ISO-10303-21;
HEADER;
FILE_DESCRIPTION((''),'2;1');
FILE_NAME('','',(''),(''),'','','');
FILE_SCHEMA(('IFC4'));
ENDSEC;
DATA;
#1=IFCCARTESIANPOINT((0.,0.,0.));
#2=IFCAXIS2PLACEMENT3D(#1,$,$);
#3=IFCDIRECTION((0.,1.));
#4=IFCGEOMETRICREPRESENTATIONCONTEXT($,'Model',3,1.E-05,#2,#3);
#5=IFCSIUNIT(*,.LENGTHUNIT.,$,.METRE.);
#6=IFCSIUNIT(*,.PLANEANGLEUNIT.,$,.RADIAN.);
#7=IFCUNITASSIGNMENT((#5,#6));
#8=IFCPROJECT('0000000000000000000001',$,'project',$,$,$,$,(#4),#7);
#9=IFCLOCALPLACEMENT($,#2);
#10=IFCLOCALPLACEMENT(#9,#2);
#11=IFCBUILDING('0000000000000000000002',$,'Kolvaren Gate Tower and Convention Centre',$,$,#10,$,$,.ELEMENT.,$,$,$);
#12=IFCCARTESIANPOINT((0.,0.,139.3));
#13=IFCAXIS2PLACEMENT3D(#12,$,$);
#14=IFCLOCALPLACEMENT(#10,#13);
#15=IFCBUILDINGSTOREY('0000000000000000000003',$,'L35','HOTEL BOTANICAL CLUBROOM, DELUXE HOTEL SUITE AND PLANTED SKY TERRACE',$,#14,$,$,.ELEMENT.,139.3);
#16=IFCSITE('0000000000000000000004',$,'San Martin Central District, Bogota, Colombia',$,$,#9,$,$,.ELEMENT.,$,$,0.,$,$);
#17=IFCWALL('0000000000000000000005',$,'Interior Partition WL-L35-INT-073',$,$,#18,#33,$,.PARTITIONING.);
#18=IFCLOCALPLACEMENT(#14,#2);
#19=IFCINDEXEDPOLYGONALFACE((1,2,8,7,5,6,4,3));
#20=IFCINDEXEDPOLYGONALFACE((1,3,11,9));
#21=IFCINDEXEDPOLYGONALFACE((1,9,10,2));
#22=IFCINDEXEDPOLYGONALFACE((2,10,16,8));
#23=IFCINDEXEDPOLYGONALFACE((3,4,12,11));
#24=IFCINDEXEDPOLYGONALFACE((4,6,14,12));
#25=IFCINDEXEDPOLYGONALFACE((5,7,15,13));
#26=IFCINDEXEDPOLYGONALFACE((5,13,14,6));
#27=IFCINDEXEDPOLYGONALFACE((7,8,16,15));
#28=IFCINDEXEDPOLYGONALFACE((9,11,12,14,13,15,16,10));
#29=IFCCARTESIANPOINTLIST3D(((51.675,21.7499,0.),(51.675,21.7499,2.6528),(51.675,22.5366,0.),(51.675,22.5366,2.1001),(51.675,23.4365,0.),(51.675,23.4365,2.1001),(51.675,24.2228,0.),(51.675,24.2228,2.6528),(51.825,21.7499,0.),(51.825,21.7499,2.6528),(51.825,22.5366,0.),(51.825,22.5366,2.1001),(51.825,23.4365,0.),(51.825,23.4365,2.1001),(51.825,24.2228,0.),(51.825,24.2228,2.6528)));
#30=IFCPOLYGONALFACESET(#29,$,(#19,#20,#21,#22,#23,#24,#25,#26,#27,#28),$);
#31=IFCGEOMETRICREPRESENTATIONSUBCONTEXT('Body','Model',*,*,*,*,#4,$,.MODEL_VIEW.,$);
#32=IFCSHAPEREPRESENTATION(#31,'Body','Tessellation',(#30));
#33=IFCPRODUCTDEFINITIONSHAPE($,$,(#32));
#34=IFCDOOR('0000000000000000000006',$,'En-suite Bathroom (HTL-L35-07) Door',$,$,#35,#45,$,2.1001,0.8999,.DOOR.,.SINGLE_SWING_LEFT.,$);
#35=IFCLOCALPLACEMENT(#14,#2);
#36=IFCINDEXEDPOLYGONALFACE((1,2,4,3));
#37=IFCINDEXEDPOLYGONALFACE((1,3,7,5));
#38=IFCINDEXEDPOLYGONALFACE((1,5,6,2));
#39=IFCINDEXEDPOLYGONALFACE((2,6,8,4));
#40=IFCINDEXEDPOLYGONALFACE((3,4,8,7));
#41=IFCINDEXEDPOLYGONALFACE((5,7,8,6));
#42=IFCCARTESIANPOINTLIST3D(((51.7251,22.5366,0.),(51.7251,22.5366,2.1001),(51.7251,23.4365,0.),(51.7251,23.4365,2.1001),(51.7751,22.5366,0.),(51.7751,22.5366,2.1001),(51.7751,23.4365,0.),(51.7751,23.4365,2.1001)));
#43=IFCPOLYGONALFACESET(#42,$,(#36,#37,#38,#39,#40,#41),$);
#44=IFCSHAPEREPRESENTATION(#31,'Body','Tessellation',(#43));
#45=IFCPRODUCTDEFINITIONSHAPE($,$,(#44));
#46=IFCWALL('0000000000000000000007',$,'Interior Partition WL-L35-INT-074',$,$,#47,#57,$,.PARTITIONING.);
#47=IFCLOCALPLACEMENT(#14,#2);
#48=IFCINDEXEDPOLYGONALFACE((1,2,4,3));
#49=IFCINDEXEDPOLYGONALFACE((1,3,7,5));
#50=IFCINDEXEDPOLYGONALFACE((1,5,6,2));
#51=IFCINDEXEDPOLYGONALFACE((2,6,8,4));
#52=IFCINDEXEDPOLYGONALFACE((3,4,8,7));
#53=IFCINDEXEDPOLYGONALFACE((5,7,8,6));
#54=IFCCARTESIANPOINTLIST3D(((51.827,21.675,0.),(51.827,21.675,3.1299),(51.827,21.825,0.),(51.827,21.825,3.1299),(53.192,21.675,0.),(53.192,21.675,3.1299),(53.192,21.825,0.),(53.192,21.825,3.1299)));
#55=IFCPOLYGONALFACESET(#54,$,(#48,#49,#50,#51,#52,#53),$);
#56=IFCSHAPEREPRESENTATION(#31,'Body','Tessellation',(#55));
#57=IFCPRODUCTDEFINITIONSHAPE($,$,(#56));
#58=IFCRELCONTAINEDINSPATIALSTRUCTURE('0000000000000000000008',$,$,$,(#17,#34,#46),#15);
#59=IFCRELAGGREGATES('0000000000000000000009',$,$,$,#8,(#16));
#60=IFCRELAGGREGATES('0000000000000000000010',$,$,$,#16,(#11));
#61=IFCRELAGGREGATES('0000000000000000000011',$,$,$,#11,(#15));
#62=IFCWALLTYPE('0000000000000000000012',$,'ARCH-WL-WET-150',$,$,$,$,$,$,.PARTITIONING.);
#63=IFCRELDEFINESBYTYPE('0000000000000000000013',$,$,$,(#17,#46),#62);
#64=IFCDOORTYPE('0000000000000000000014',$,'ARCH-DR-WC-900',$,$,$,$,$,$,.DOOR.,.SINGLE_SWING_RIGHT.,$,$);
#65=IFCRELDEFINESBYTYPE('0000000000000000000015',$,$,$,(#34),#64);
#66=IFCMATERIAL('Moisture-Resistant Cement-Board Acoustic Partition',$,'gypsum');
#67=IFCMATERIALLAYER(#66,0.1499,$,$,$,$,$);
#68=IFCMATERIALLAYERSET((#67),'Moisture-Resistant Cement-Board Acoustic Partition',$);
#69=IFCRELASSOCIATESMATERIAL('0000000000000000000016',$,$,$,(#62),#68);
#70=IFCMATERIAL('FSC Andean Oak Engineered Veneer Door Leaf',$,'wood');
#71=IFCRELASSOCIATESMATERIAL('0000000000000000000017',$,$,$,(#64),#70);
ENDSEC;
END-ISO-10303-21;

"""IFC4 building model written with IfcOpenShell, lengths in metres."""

from ifc_helpers import new_model, si_unit, direction, frame, frame_2d, origin, place, context, subcontext, project, spatial, rectangle, extrude, material, layer, layer_set, type_object, element, fill, save


model = new_model("IFC4")

# Units and contexts
model_context = context("Model", 3, precision=1e-05, world=origin(), true_north=direction((0.0, 1.0)))
body_context = subcontext(model_context, "Body", "Model", "MODEL_VIEW")
ifc_project = project(units=[si_unit("LENGTHUNIT", "METRE"), si_unit("PLANEANGLEUNIT", "RADIAN")], contexts=[model_context])

# Site, building, storey
site_placement = place(None, origin())
site = spatial("IfcSite", under=ifc_project, at=site_placement, Name="San Martin Central District, Bogota, Colombia", CompositionType="ELEMENT", RefElevation=0.0)
building_placement = place(site_placement, origin())
building = spatial("IfcBuilding", under=site, at=building_placement, Name="Kolvaren Gate Tower and Convention Centre", CompositionType="ELEMENT")
storey_placement = place(building_placement, frame((0.0, 0.0, 139.3)))
storey = spatial("IfcBuildingStorey", under=building, at=storey_placement, Name="L35", Description="HOTEL BOTANICAL CLUBROOM, DELUXE HOTEL SUITE AND PLANTED SKY TERRACE", CompositionType="ELEMENT", Elevation=139.3)

# Shared definitions
ifc_material_1 = material(Name="Moisture-Resistant Cement-Board Acoustic Partition", Category="gypsum")
ifc_layer_1 = layer(ifc_material_1, 0.1499)
ifc_layer_set_1 = layer_set([ifc_layer_1], Name="Moisture-Resistant Cement-Board Acoustic Partition")
wall_type_1 = type_object("IfcWallType", Name="ARCH-WL-WET-150", PredefinedType="PARTITIONING", material=ifc_layer_set_1)

# Wall, opening, door
wall_1_placement = place(storey_placement, frame((51.75, 21.75, 0.0), z_axis=(0.0, 0.0, 1.0), x_axis=(0.0, 1.0, 0.0)))
wall_1 = element("IfcWall", 1, at=wall_1_placement, inside=storey, type_object=wall_type_1, Name="Interior Partition WL-L35-INT-073", PredefinedType="PARTITIONING", context=body_context, shape_type="SweptSolid", body=[
    extrude(rectangle(XDim=2.4729, YDim=0.1499, at=frame_2d((1.2363, 0.0))), origin(), (0.0, 0.0, 1.0), 2.6528),
])
opening_1_placement = place(wall_1_placement, frame((0.7866, 0.0, 0.0)))
opening_1 = element("IfcOpeningElement", 2, at=opening_1_placement, cuts=wall_1, PredefinedType="OPENING", context=body_context, shape_type="SweptSolid", body=[
    extrude(rectangle(XDim=0.8999, YDim=2.1001, at=frame_2d((0.45, 1.05))), frame((0.0, 0.085, 0.0), z_axis=(0.0, -1.0, 0.0), x_axis=(1.0, 0.0, 0.0)), (0.0, 0.0, 1.0), 0.1699),
])
ifc_material_2 = material(Name="FSC Andean Oak Engineered Veneer Door Leaf", Category="wood")
door_type = type_object("IfcDoorType", Name="ARCH-DR-WC-900", OperationType="SINGLE_SWING_RIGHT", PredefinedType="DOOR", material=ifc_material_2)
door_placement = place(opening_1_placement, origin())
door = element("IfcDoor", 3, at=door_placement, inside=storey, type_object=door_type, Name="En-suite Bathroom (HTL-L35-07) Door", OperationType="SINGLE_SWING_LEFT", OverallHeight=2.1001, OverallWidth=0.8999, PredefinedType="DOOR", context=body_context, shape_type="SweptSolid", body=[
    extrude(rectangle(XDim=0.8999, YDim=2.1001, at=frame_2d((0.45, 1.05))), frame((0.0, 0.0249, 0.0), z_axis=(0.0, -1.0, 0.0), x_axis=(1.0, 0.0, 0.0)), (0.0, 0.0, 1.0), 0.05),
])
fill(opening_1, door)

# Wall
wall_2_placement = place(storey_placement, frame((51.8269, 21.75, 0.0), z_axis=(0.0, 0.0, 1.0), x_axis=(1.0, 0.0, 0.0)))
element("IfcWall", 4, at=wall_2_placement, inside=storey, type_object=wall_type_1, Name="Interior Partition WL-L35-INT-074", PredefinedType="PARTITIONING", context=body_context, shape_type="SweptSolid", body=[
    extrude(rectangle(XDim=1.365, YDim=0.1499, at=frame_2d((0.6826, 0.0))), origin(), (0.0, 0.0, 1.0), 3.1299),
])

save(model, "model.ifc")
